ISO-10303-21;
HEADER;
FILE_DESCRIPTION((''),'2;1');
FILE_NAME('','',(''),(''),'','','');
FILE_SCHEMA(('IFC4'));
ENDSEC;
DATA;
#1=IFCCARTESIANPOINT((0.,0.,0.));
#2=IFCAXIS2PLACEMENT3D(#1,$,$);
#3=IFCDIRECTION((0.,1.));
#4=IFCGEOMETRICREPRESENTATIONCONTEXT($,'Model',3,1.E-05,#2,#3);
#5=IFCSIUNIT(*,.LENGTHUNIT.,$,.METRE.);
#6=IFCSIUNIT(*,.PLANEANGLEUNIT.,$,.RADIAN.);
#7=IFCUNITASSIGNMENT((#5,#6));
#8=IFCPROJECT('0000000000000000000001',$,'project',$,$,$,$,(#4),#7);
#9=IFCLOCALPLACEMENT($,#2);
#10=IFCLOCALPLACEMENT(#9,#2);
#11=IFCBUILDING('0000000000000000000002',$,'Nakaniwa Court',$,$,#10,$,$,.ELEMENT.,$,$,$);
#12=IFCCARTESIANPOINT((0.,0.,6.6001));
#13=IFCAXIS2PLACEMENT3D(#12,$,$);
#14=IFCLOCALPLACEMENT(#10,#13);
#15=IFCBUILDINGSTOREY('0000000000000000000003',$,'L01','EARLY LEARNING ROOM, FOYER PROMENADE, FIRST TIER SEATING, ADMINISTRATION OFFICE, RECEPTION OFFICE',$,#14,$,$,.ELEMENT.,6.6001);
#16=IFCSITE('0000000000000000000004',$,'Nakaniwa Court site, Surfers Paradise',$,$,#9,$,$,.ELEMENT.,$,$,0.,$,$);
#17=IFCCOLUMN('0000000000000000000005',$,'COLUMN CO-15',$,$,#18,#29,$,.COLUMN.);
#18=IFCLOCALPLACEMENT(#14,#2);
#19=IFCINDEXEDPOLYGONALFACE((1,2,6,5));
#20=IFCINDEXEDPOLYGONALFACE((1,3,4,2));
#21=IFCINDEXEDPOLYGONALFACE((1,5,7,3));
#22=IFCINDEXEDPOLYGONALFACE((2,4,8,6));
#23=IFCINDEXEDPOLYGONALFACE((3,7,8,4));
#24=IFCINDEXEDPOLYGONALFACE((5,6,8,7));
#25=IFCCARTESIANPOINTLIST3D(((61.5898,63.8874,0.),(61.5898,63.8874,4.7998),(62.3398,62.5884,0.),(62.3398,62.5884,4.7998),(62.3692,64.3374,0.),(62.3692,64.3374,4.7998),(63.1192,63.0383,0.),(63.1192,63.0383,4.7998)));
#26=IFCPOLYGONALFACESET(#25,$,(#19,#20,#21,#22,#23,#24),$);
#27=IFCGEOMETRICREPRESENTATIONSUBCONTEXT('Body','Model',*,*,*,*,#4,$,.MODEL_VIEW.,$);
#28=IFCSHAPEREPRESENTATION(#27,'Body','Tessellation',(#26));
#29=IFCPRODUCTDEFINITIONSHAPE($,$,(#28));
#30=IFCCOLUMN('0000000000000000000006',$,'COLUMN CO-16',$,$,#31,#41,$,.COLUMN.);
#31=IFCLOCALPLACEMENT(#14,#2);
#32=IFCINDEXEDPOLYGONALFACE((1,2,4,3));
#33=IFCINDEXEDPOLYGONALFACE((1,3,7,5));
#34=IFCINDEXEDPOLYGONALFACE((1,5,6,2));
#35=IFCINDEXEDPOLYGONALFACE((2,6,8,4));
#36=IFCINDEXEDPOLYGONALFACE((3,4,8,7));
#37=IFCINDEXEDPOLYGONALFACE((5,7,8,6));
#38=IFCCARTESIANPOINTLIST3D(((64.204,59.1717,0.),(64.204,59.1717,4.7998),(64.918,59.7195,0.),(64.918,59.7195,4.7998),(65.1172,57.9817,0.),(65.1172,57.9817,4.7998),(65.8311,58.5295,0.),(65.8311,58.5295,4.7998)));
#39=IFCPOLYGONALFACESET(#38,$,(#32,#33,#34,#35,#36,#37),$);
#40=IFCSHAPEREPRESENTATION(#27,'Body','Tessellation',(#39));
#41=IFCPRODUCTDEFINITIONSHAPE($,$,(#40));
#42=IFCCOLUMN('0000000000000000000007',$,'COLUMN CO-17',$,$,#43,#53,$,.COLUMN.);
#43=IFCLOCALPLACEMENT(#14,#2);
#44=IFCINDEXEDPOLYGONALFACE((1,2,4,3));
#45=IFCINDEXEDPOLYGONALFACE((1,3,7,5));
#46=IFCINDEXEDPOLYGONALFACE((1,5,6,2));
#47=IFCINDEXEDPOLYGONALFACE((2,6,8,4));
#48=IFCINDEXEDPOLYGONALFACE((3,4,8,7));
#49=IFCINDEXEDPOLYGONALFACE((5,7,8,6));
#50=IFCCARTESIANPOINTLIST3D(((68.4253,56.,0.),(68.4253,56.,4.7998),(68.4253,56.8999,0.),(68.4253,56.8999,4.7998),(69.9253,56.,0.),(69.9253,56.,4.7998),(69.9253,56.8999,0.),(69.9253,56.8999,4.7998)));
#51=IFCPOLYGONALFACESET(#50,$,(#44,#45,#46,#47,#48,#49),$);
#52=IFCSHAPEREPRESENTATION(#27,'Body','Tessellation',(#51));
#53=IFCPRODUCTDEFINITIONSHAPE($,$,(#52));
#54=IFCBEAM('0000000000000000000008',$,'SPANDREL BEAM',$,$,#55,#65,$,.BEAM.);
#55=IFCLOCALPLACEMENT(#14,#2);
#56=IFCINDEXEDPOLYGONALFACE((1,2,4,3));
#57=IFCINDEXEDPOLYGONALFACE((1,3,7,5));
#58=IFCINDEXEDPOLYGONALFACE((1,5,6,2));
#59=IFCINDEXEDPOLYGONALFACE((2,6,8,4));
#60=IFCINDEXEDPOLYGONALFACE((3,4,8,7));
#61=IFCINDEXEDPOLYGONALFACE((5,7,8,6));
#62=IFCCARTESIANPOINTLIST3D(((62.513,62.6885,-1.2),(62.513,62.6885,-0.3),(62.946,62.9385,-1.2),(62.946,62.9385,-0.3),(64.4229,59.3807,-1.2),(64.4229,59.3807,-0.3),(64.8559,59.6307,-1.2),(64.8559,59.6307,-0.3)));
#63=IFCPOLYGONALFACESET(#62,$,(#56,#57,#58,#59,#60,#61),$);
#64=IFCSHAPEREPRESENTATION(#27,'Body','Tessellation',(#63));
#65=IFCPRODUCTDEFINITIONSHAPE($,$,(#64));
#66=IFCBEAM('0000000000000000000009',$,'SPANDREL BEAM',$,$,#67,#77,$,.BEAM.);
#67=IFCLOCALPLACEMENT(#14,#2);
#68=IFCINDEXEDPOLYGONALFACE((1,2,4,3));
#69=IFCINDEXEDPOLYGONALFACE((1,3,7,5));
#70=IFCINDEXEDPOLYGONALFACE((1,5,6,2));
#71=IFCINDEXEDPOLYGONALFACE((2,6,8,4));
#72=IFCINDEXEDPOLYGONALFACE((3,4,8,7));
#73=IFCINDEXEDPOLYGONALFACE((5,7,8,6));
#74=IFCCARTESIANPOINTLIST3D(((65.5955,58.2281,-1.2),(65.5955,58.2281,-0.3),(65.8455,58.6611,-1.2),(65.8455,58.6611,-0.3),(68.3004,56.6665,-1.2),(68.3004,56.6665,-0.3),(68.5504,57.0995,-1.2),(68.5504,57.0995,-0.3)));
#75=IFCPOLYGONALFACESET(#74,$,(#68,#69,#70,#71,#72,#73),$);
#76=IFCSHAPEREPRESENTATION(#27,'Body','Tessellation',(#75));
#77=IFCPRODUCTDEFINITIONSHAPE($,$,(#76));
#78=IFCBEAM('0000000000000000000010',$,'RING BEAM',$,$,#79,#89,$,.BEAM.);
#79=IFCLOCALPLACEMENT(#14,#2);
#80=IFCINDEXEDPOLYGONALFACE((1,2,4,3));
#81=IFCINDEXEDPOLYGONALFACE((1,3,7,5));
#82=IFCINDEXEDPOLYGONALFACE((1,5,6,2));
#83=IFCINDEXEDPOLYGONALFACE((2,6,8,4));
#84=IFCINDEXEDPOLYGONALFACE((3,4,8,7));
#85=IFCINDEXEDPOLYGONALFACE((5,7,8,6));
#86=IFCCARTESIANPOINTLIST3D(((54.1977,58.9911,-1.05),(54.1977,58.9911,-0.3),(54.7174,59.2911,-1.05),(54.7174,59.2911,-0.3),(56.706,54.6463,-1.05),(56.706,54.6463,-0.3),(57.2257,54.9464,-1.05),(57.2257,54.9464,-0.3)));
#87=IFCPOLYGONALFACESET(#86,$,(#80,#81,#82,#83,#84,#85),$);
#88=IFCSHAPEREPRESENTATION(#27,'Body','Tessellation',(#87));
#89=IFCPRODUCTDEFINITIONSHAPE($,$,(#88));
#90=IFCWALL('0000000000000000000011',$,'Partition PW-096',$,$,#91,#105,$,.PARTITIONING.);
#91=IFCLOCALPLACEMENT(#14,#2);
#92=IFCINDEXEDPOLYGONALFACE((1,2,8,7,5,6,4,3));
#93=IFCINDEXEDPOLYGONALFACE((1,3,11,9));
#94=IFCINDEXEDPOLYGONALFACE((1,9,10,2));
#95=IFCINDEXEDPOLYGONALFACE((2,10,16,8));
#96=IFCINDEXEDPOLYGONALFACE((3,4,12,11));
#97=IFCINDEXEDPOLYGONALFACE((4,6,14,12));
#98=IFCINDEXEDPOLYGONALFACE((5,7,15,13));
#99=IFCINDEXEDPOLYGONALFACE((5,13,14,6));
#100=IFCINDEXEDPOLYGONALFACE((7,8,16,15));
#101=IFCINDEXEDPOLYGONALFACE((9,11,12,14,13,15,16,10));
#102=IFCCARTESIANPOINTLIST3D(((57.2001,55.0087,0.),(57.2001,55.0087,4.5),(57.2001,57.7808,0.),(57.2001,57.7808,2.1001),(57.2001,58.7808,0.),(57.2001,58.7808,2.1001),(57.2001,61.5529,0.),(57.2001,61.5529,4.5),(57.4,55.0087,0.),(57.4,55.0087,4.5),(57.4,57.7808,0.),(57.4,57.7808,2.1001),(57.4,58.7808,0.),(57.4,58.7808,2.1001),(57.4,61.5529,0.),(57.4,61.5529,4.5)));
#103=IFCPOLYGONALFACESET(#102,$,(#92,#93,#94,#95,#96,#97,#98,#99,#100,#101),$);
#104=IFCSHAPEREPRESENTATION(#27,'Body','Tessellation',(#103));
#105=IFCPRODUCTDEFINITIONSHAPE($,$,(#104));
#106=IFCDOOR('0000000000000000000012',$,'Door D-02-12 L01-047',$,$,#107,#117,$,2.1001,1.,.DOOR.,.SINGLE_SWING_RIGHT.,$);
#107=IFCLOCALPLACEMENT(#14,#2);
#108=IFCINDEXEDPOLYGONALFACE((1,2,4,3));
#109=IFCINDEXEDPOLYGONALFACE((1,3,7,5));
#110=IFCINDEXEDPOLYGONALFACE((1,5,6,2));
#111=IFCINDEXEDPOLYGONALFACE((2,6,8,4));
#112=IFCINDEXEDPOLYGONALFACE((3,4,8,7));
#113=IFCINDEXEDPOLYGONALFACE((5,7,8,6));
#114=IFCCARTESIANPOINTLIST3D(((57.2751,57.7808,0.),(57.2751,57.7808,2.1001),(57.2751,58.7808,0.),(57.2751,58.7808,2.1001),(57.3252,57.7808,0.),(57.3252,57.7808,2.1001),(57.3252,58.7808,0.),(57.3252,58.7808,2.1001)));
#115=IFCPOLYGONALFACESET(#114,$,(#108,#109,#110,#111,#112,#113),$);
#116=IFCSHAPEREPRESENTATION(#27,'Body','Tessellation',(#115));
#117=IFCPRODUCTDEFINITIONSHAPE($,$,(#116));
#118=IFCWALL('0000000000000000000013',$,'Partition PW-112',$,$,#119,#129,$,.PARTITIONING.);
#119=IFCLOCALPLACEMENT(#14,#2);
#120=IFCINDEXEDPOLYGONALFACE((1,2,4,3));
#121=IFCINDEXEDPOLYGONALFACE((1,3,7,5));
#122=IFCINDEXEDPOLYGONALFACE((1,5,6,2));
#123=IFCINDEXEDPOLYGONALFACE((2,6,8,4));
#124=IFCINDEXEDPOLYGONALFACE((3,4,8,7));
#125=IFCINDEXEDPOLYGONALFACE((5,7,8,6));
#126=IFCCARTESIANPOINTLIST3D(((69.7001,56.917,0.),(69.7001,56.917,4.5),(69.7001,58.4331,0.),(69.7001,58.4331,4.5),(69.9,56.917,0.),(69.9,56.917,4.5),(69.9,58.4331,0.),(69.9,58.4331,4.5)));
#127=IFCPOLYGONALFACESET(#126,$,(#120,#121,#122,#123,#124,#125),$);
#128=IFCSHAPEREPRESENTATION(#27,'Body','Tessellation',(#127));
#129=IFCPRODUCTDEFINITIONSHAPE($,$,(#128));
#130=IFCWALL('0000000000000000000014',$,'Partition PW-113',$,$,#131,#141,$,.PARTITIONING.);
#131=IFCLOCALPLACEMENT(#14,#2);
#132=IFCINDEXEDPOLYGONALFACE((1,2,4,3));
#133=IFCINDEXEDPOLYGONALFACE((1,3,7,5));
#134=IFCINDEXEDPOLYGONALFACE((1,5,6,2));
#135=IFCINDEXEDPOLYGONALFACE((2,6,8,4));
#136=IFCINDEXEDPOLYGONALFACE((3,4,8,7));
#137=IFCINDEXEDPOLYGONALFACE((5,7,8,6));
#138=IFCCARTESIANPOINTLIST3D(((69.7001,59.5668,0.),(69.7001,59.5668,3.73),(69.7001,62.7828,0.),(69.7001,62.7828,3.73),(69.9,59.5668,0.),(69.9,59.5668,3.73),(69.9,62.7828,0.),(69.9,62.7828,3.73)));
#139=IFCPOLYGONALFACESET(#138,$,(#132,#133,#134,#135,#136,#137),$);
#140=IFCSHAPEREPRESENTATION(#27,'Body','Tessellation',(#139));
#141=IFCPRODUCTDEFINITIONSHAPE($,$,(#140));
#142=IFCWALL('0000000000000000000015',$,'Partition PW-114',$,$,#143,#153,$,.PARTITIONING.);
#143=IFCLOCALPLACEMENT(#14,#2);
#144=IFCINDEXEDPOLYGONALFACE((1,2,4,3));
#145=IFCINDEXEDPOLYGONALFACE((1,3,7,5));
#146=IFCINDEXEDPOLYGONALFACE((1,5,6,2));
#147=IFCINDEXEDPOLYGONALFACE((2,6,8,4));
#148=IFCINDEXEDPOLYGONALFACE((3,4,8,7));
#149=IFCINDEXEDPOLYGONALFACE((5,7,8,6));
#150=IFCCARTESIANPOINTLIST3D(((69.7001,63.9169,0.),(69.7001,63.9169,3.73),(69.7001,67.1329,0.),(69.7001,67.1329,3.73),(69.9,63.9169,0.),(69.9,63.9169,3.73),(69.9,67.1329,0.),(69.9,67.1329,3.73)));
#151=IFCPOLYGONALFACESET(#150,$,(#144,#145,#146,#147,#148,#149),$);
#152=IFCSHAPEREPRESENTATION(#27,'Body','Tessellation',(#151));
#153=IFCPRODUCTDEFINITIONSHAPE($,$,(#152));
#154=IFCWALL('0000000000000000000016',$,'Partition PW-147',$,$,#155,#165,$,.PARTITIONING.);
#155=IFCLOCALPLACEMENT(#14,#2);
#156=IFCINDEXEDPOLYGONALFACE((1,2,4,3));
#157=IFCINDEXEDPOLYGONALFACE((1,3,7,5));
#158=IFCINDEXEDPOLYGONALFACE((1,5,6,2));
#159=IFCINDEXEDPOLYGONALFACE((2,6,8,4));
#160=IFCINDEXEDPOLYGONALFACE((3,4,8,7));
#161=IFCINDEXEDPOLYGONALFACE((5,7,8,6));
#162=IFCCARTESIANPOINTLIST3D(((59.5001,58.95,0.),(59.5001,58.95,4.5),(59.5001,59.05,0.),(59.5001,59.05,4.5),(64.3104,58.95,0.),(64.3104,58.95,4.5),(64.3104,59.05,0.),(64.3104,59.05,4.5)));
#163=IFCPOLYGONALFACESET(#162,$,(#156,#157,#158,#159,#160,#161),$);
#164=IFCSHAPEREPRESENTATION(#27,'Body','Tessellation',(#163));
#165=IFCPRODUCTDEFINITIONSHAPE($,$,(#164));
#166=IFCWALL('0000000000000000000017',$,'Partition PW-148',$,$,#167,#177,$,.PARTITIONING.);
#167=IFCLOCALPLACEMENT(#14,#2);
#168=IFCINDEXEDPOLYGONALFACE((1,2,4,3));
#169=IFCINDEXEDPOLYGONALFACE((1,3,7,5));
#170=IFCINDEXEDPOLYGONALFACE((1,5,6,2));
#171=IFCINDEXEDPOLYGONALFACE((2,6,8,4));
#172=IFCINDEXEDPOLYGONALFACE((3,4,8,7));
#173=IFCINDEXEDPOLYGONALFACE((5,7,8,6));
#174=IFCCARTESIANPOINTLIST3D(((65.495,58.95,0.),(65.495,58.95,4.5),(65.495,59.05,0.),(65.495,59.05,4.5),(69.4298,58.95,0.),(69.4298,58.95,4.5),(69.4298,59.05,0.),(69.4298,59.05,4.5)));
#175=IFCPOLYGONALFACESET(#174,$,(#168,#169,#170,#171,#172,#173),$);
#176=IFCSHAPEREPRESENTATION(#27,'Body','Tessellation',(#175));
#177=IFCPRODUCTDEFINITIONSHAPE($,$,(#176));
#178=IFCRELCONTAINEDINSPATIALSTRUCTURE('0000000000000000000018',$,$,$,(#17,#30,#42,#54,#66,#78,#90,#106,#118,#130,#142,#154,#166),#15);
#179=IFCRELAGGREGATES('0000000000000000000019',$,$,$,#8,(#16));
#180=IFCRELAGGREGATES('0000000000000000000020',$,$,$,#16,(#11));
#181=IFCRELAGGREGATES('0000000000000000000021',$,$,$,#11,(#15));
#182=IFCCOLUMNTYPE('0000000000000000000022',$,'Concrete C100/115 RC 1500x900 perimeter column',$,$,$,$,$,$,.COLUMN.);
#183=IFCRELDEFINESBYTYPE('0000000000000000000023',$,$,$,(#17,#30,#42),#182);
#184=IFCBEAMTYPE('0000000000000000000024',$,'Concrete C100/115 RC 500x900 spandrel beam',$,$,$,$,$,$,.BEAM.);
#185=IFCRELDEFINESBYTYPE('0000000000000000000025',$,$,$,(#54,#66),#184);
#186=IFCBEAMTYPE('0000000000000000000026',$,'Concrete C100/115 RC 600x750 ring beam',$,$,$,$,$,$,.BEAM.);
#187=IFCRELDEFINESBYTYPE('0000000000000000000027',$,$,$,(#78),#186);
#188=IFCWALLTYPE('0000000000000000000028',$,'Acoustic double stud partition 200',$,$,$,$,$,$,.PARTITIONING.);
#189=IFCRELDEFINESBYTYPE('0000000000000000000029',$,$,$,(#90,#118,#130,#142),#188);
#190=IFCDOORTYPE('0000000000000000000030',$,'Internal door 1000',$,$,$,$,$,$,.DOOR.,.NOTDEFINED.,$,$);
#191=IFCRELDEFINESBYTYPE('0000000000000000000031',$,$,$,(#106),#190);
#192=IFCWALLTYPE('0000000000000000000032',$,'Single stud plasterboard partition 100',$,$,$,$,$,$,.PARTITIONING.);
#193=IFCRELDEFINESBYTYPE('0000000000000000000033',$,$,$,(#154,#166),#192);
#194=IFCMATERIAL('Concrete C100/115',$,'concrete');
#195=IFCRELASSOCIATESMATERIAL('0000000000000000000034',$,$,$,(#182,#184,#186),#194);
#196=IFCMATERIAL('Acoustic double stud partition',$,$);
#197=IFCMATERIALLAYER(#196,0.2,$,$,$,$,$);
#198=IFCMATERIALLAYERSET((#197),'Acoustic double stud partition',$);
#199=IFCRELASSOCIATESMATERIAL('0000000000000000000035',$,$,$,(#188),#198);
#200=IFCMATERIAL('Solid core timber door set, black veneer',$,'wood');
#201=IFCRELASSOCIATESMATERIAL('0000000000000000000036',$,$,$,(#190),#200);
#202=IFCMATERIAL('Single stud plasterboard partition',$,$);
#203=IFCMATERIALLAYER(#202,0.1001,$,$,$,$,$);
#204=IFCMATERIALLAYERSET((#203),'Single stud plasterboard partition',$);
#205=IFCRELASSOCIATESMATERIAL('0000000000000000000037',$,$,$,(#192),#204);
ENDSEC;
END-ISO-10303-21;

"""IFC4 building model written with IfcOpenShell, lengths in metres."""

from ifc_helpers import new_model, si_unit, direction, frame, frame_2d, origin, origin_2d, place, context, subcontext, project, spatial, rectangle, extrude, material, layer, layer_set, material_profile, profile_set, type_object, element, fill, save


model = new_model("IFC4")

# Units and contexts
model_context = context("Model", 3, precision=1e-05, world=origin(), true_north=direction((0.0, 1.0)))
body_context = subcontext(model_context, "Body", "Model", "MODEL_VIEW")
ifc_project = project(units=[si_unit("LENGTHUNIT", "METRE"), si_unit("PLANEANGLEUNIT", "RADIAN")], contexts=[model_context])

# Site, building, storey
site_placement = place(None, origin())
site = spatial("IfcSite", under=ifc_project, at=site_placement, Name="Nakaniwa Court site, Surfers Paradise", CompositionType="ELEMENT", RefElevation=0.0)
building_placement = place(site_placement, origin())
building = spatial("IfcBuilding", under=site, at=building_placement, Name="Nakaniwa Court", CompositionType="ELEMENT")
storey_placement = place(building_placement, frame((0.0, 0.0, 6.6001)))
storey = spatial("IfcBuildingStorey", under=building, at=storey_placement, Name="L01", Description="EARLY LEARNING ROOM, FOYER PROMENADE, FIRST TIER SEATING, ADMINISTRATION OFFICE, RECEPTION OFFICE", CompositionType="ELEMENT", Elevation=6.6001)

# Columns
ifc_material_1 = material(Name="Concrete C100/115", Category="concrete")
ifc_material_profile_1 = material_profile(ifc_material_1, rectangle(XDim=1.5, YDim=0.8999, at=origin_2d()), Name="Concrete C100/115 RC 1500x900 perimeter column")
ifc_profile_set_1 = profile_set([ifc_material_profile_1], Name="Concrete C100/115")
column_type = type_object("IfcColumnType", Name="Concrete C100/115 RC 1500x900 perimeter column", PredefinedType="COLUMN", material=ifc_profile_set_1)
for number, where, z_axis, x_axis, name in (
    (1, (62.3545, 63.4629, 0.0), (0.0, 0.0, 1.0), (0.5, -0.866025, 0.0), "COLUMN CO-15"),
    (2, (65.0176, 58.8506, 0.0), (0.0, 0.0, 1.0), (0.608761, -0.793353, 0.0), "COLUMN CO-16"),
    (3, (69.1753, 56.45, 0.0), (0.0, 0.0, 1.0), (1.0, 0.0, 0.0), "COLUMN CO-17"),
):
    element("IfcColumn", number, at=place(storey_placement, frame(where, z_axis=z_axis, x_axis=x_axis)), inside=storey, type_object=column_type, Name=name, PredefinedType="COLUMN", context=body_context, shape_type="SweptSolid", body=[
        extrude(rectangle(XDim=1.5, YDim=0.8999, at=origin_2d()), origin(), (0.0, 0.0, 1.0), 4.7998),
    ])

# Beams
ifc_material_profile_2 = material_profile(ifc_material_1, rectangle(XDim=0.5, YDim=0.8999, at=origin_2d()), Name="Concrete C100/115 RC 500x900 spandrel beam")
ifc_profile_set_2 = profile_set([ifc_material_profile_2], Name="Concrete C100/115")
beam_type_1 = type_object("IfcBeamType", Name="Concrete C100/115 RC 500x900 spandrel beam", PredefinedType="BEAM", material=ifc_profile_set_2)
beam_1_placement = place(storey_placement, frame((62.7295, 62.8135, -0.75), z_axis=(0.500023, -0.866012, 0.0), x_axis=(0.866012, 0.500023, 0.0)))
element("IfcBeam", 4, at=beam_1_placement, inside=storey, type_object=beam_type_1, Name="SPANDREL BEAM", PredefinedType="BEAM", context=body_context, shape_type="SweptSolid", body=[
    extrude(rectangle(XDim=0.5, YDim=0.8999, at=origin_2d()), origin(), (0.0, 0.0, 1.0), 3.8196),
])
beam_2_placement = place(storey_placement, frame((65.7205, 58.4446, -0.75), z_axis=(0.866041, -0.499973, 0.0), x_axis=(0.499973, 0.866041, 0.0)))
element("IfcBeam", 5, at=beam_2_placement, inside=storey, type_object=beam_type_1, Name="SPANDREL BEAM", PredefinedType="BEAM", context=body_context, shape_type="SweptSolid", body=[
    extrude(rectangle(XDim=0.5, YDim=0.8999, at=origin_2d()), origin(), (0.0, 0.0, 1.0), 3.1233),
])
ifc_material_profile_3 = material_profile(ifc_material_1, rectangle(XDim=0.6001, YDim=0.75, at=origin_2d()), Name="Concrete C100/115 RC 600x750 ring beam")
ifc_profile_set_3 = profile_set([ifc_material_profile_3], Name="Concrete C100/115")
beam_type_2 = type_object("IfcBeamType", Name="Concrete C100/115 RC 600x750 ring beam", PredefinedType="BEAM", material=ifc_profile_set_3)
beam_3_placement = place(storey_placement, frame((54.4575, 59.1411, -0.675), z_axis=(0.499981, -0.866036, 0.0), x_axis=(0.866036, 0.499981, 0.0)))
element("IfcBeam", 6, at=beam_3_placement, inside=storey, type_object=beam_type_2, Name="RING BEAM", PredefinedType="BEAM", context=body_context, shape_type="SweptSolid", body=[
    extrude(rectangle(XDim=0.6001, YDim=0.75, at=origin_2d()), origin(), (0.0, 0.0, 1.0), 5.0168),
])

# Wall, opening, door
ifc_material_2 = material(Name="Acoustic double stud partition")
ifc_layer_1 = layer(ifc_material_2, 0.2)
ifc_layer_set_1 = layer_set([ifc_layer_1], Name="Acoustic double stud partition")
wall_type_1 = type_object("IfcWallType", Name="Acoustic double stud partition 200", PredefinedType="PARTITIONING", material=ifc_layer_set_1)
wall_1_placement = place(storey_placement, frame((57.3, 55.0088, 0.0), z_axis=(0.0, 0.0, 1.0), x_axis=(0.0, 1.0, 0.0)))
wall_1 = element("IfcWall", 7, at=wall_1_placement, inside=storey, type_object=wall_type_1, Name="Partition PW-096", PredefinedType="PARTITIONING", context=body_context, shape_type="SweptSolid", body=[
    extrude(rectangle(XDim=6.5442, YDim=0.2, at=frame_2d((3.272, 0.0))), origin(), (0.0, 0.0, 1.0), 4.5),
])
opening_placement = place(wall_1_placement, frame((2.772, 0.0, 0.0)))
opening = element("IfcOpeningElement", 8, at=opening_placement, cuts=wall_1, PredefinedType="OPENING", context=body_context, shape_type="SweptSolid", body=[
    extrude(rectangle(XDim=1.0, YDim=2.1001, at=frame_2d((0.5, 1.05))), frame((0.0, 0.1099, 0.0), z_axis=(0.0, -1.0, 0.0), x_axis=(1.0, 0.0, 0.0)), (0.0, 0.0, 1.0), 0.22),
])
ifc_material_3 = material(Name="Solid core timber door set, black veneer", Category="wood")
door_type = type_object("IfcDoorType", Name="Internal door 1000", OperationType="NOTDEFINED", PredefinedType="DOOR", material=ifc_material_3)
door_placement = place(opening_placement, origin())
door = element("IfcDoor", 9, at=door_placement, inside=storey, type_object=door_type, Name="Door D-02-12 L01-047", OperationType="SINGLE_SWING_RIGHT", OverallHeight=2.1001, OverallWidth=1.0, PredefinedType="DOOR", context=body_context, shape_type="SweptSolid", body=[
    extrude(rectangle(XDim=1.0, YDim=2.1001, at=frame_2d((0.5, 1.05))), frame((0.0, 0.0249, 0.0), z_axis=(0.0, -1.0, 0.0), x_axis=(1.0, 0.0, 0.0)), (0.0, 0.0, 1.0), 0.05),
])
fill(opening, door)

# Walls
wall_2_placement = place(storey_placement, frame((69.8, 56.917, 0.0), z_axis=(0.0, 0.0, 1.0), x_axis=(0.0, 1.0, 0.0)))
element("IfcWall", 10, at=wall_2_placement, inside=storey, type_object=wall_type_1, Name="Partition PW-112", PredefinedType="PARTITIONING", context=body_context, shape_type="SweptSolid", body=[
    extrude(rectangle(XDim=1.5161, YDim=0.2, at=frame_2d((0.7581, 0.0))), origin(), (0.0, 0.0, 1.0), 4.5),
])
for number, where, z_axis, x_axis, name in (
    (11, (69.8, 59.5669, 0.0), (0.0, 0.0, 1.0), (0.0, 1.0, 0.0), "Partition PW-113"),
    (12, (69.8, 63.917, 0.0), (0.0, 0.0, 1.0), (0.0, 1.0, 0.0), "Partition PW-114"),
):
    element("IfcWall", number, at=place(storey_placement, frame(where, z_axis=z_axis, x_axis=x_axis)), inside=storey, type_object=wall_type_1, Name=name, PredefinedType="PARTITIONING", context=body_context, shape_type="SweptSolid", body=[
        extrude(rectangle(XDim=3.2161, YDim=0.2, at=frame_2d((1.6079, 0.0))), origin(), (0.0, 0.0, 1.0), 3.73),
    ])
ifc_material_4 = material(Name="Single stud plasterboard partition")
ifc_layer_2 = layer(ifc_material_4, 0.1001)
ifc_layer_set_2 = layer_set([ifc_layer_2], Name="Single stud plasterboard partition")
wall_type_2 = type_object("IfcWallType", Name="Single stud plasterboard partition 100", PredefinedType="PARTITIONING", material=ifc_layer_set_2)
wall_3_placement = place(storey_placement, frame((59.5, 59.0, 0.0), z_axis=(0.0, 0.0, 1.0), x_axis=(1.0, 0.0, 0.0)))
element("IfcWall", 13, at=wall_3_placement, inside=storey, type_object=wall_type_2, Name="Partition PW-147", PredefinedType="PARTITIONING", context=body_context, shape_type="SweptSolid", body=[
    extrude(rectangle(XDim=4.8103, YDim=0.1001, at=frame_2d((2.4053, 0.0))), origin(), (0.0, 0.0, 1.0), 4.5),
])
wall_4_placement = place(storey_placement, frame((65.4951, 59.0, 0.0), z_axis=(0.0, 0.0, 1.0), x_axis=(1.0, 0.0, 0.0)))
element("IfcWall", 14, at=wall_4_placement, inside=storey, type_object=wall_type_2, Name="Partition PW-148", PredefinedType="PARTITIONING", context=body_context, shape_type="SweptSolid", body=[
    extrude(rectangle(XDim=3.9348, YDim=0.1001, at=frame_2d((1.9673, 0.0))), origin(), (0.0, 0.0, 1.0), 4.5),
])

save(model, "model.ifc")
